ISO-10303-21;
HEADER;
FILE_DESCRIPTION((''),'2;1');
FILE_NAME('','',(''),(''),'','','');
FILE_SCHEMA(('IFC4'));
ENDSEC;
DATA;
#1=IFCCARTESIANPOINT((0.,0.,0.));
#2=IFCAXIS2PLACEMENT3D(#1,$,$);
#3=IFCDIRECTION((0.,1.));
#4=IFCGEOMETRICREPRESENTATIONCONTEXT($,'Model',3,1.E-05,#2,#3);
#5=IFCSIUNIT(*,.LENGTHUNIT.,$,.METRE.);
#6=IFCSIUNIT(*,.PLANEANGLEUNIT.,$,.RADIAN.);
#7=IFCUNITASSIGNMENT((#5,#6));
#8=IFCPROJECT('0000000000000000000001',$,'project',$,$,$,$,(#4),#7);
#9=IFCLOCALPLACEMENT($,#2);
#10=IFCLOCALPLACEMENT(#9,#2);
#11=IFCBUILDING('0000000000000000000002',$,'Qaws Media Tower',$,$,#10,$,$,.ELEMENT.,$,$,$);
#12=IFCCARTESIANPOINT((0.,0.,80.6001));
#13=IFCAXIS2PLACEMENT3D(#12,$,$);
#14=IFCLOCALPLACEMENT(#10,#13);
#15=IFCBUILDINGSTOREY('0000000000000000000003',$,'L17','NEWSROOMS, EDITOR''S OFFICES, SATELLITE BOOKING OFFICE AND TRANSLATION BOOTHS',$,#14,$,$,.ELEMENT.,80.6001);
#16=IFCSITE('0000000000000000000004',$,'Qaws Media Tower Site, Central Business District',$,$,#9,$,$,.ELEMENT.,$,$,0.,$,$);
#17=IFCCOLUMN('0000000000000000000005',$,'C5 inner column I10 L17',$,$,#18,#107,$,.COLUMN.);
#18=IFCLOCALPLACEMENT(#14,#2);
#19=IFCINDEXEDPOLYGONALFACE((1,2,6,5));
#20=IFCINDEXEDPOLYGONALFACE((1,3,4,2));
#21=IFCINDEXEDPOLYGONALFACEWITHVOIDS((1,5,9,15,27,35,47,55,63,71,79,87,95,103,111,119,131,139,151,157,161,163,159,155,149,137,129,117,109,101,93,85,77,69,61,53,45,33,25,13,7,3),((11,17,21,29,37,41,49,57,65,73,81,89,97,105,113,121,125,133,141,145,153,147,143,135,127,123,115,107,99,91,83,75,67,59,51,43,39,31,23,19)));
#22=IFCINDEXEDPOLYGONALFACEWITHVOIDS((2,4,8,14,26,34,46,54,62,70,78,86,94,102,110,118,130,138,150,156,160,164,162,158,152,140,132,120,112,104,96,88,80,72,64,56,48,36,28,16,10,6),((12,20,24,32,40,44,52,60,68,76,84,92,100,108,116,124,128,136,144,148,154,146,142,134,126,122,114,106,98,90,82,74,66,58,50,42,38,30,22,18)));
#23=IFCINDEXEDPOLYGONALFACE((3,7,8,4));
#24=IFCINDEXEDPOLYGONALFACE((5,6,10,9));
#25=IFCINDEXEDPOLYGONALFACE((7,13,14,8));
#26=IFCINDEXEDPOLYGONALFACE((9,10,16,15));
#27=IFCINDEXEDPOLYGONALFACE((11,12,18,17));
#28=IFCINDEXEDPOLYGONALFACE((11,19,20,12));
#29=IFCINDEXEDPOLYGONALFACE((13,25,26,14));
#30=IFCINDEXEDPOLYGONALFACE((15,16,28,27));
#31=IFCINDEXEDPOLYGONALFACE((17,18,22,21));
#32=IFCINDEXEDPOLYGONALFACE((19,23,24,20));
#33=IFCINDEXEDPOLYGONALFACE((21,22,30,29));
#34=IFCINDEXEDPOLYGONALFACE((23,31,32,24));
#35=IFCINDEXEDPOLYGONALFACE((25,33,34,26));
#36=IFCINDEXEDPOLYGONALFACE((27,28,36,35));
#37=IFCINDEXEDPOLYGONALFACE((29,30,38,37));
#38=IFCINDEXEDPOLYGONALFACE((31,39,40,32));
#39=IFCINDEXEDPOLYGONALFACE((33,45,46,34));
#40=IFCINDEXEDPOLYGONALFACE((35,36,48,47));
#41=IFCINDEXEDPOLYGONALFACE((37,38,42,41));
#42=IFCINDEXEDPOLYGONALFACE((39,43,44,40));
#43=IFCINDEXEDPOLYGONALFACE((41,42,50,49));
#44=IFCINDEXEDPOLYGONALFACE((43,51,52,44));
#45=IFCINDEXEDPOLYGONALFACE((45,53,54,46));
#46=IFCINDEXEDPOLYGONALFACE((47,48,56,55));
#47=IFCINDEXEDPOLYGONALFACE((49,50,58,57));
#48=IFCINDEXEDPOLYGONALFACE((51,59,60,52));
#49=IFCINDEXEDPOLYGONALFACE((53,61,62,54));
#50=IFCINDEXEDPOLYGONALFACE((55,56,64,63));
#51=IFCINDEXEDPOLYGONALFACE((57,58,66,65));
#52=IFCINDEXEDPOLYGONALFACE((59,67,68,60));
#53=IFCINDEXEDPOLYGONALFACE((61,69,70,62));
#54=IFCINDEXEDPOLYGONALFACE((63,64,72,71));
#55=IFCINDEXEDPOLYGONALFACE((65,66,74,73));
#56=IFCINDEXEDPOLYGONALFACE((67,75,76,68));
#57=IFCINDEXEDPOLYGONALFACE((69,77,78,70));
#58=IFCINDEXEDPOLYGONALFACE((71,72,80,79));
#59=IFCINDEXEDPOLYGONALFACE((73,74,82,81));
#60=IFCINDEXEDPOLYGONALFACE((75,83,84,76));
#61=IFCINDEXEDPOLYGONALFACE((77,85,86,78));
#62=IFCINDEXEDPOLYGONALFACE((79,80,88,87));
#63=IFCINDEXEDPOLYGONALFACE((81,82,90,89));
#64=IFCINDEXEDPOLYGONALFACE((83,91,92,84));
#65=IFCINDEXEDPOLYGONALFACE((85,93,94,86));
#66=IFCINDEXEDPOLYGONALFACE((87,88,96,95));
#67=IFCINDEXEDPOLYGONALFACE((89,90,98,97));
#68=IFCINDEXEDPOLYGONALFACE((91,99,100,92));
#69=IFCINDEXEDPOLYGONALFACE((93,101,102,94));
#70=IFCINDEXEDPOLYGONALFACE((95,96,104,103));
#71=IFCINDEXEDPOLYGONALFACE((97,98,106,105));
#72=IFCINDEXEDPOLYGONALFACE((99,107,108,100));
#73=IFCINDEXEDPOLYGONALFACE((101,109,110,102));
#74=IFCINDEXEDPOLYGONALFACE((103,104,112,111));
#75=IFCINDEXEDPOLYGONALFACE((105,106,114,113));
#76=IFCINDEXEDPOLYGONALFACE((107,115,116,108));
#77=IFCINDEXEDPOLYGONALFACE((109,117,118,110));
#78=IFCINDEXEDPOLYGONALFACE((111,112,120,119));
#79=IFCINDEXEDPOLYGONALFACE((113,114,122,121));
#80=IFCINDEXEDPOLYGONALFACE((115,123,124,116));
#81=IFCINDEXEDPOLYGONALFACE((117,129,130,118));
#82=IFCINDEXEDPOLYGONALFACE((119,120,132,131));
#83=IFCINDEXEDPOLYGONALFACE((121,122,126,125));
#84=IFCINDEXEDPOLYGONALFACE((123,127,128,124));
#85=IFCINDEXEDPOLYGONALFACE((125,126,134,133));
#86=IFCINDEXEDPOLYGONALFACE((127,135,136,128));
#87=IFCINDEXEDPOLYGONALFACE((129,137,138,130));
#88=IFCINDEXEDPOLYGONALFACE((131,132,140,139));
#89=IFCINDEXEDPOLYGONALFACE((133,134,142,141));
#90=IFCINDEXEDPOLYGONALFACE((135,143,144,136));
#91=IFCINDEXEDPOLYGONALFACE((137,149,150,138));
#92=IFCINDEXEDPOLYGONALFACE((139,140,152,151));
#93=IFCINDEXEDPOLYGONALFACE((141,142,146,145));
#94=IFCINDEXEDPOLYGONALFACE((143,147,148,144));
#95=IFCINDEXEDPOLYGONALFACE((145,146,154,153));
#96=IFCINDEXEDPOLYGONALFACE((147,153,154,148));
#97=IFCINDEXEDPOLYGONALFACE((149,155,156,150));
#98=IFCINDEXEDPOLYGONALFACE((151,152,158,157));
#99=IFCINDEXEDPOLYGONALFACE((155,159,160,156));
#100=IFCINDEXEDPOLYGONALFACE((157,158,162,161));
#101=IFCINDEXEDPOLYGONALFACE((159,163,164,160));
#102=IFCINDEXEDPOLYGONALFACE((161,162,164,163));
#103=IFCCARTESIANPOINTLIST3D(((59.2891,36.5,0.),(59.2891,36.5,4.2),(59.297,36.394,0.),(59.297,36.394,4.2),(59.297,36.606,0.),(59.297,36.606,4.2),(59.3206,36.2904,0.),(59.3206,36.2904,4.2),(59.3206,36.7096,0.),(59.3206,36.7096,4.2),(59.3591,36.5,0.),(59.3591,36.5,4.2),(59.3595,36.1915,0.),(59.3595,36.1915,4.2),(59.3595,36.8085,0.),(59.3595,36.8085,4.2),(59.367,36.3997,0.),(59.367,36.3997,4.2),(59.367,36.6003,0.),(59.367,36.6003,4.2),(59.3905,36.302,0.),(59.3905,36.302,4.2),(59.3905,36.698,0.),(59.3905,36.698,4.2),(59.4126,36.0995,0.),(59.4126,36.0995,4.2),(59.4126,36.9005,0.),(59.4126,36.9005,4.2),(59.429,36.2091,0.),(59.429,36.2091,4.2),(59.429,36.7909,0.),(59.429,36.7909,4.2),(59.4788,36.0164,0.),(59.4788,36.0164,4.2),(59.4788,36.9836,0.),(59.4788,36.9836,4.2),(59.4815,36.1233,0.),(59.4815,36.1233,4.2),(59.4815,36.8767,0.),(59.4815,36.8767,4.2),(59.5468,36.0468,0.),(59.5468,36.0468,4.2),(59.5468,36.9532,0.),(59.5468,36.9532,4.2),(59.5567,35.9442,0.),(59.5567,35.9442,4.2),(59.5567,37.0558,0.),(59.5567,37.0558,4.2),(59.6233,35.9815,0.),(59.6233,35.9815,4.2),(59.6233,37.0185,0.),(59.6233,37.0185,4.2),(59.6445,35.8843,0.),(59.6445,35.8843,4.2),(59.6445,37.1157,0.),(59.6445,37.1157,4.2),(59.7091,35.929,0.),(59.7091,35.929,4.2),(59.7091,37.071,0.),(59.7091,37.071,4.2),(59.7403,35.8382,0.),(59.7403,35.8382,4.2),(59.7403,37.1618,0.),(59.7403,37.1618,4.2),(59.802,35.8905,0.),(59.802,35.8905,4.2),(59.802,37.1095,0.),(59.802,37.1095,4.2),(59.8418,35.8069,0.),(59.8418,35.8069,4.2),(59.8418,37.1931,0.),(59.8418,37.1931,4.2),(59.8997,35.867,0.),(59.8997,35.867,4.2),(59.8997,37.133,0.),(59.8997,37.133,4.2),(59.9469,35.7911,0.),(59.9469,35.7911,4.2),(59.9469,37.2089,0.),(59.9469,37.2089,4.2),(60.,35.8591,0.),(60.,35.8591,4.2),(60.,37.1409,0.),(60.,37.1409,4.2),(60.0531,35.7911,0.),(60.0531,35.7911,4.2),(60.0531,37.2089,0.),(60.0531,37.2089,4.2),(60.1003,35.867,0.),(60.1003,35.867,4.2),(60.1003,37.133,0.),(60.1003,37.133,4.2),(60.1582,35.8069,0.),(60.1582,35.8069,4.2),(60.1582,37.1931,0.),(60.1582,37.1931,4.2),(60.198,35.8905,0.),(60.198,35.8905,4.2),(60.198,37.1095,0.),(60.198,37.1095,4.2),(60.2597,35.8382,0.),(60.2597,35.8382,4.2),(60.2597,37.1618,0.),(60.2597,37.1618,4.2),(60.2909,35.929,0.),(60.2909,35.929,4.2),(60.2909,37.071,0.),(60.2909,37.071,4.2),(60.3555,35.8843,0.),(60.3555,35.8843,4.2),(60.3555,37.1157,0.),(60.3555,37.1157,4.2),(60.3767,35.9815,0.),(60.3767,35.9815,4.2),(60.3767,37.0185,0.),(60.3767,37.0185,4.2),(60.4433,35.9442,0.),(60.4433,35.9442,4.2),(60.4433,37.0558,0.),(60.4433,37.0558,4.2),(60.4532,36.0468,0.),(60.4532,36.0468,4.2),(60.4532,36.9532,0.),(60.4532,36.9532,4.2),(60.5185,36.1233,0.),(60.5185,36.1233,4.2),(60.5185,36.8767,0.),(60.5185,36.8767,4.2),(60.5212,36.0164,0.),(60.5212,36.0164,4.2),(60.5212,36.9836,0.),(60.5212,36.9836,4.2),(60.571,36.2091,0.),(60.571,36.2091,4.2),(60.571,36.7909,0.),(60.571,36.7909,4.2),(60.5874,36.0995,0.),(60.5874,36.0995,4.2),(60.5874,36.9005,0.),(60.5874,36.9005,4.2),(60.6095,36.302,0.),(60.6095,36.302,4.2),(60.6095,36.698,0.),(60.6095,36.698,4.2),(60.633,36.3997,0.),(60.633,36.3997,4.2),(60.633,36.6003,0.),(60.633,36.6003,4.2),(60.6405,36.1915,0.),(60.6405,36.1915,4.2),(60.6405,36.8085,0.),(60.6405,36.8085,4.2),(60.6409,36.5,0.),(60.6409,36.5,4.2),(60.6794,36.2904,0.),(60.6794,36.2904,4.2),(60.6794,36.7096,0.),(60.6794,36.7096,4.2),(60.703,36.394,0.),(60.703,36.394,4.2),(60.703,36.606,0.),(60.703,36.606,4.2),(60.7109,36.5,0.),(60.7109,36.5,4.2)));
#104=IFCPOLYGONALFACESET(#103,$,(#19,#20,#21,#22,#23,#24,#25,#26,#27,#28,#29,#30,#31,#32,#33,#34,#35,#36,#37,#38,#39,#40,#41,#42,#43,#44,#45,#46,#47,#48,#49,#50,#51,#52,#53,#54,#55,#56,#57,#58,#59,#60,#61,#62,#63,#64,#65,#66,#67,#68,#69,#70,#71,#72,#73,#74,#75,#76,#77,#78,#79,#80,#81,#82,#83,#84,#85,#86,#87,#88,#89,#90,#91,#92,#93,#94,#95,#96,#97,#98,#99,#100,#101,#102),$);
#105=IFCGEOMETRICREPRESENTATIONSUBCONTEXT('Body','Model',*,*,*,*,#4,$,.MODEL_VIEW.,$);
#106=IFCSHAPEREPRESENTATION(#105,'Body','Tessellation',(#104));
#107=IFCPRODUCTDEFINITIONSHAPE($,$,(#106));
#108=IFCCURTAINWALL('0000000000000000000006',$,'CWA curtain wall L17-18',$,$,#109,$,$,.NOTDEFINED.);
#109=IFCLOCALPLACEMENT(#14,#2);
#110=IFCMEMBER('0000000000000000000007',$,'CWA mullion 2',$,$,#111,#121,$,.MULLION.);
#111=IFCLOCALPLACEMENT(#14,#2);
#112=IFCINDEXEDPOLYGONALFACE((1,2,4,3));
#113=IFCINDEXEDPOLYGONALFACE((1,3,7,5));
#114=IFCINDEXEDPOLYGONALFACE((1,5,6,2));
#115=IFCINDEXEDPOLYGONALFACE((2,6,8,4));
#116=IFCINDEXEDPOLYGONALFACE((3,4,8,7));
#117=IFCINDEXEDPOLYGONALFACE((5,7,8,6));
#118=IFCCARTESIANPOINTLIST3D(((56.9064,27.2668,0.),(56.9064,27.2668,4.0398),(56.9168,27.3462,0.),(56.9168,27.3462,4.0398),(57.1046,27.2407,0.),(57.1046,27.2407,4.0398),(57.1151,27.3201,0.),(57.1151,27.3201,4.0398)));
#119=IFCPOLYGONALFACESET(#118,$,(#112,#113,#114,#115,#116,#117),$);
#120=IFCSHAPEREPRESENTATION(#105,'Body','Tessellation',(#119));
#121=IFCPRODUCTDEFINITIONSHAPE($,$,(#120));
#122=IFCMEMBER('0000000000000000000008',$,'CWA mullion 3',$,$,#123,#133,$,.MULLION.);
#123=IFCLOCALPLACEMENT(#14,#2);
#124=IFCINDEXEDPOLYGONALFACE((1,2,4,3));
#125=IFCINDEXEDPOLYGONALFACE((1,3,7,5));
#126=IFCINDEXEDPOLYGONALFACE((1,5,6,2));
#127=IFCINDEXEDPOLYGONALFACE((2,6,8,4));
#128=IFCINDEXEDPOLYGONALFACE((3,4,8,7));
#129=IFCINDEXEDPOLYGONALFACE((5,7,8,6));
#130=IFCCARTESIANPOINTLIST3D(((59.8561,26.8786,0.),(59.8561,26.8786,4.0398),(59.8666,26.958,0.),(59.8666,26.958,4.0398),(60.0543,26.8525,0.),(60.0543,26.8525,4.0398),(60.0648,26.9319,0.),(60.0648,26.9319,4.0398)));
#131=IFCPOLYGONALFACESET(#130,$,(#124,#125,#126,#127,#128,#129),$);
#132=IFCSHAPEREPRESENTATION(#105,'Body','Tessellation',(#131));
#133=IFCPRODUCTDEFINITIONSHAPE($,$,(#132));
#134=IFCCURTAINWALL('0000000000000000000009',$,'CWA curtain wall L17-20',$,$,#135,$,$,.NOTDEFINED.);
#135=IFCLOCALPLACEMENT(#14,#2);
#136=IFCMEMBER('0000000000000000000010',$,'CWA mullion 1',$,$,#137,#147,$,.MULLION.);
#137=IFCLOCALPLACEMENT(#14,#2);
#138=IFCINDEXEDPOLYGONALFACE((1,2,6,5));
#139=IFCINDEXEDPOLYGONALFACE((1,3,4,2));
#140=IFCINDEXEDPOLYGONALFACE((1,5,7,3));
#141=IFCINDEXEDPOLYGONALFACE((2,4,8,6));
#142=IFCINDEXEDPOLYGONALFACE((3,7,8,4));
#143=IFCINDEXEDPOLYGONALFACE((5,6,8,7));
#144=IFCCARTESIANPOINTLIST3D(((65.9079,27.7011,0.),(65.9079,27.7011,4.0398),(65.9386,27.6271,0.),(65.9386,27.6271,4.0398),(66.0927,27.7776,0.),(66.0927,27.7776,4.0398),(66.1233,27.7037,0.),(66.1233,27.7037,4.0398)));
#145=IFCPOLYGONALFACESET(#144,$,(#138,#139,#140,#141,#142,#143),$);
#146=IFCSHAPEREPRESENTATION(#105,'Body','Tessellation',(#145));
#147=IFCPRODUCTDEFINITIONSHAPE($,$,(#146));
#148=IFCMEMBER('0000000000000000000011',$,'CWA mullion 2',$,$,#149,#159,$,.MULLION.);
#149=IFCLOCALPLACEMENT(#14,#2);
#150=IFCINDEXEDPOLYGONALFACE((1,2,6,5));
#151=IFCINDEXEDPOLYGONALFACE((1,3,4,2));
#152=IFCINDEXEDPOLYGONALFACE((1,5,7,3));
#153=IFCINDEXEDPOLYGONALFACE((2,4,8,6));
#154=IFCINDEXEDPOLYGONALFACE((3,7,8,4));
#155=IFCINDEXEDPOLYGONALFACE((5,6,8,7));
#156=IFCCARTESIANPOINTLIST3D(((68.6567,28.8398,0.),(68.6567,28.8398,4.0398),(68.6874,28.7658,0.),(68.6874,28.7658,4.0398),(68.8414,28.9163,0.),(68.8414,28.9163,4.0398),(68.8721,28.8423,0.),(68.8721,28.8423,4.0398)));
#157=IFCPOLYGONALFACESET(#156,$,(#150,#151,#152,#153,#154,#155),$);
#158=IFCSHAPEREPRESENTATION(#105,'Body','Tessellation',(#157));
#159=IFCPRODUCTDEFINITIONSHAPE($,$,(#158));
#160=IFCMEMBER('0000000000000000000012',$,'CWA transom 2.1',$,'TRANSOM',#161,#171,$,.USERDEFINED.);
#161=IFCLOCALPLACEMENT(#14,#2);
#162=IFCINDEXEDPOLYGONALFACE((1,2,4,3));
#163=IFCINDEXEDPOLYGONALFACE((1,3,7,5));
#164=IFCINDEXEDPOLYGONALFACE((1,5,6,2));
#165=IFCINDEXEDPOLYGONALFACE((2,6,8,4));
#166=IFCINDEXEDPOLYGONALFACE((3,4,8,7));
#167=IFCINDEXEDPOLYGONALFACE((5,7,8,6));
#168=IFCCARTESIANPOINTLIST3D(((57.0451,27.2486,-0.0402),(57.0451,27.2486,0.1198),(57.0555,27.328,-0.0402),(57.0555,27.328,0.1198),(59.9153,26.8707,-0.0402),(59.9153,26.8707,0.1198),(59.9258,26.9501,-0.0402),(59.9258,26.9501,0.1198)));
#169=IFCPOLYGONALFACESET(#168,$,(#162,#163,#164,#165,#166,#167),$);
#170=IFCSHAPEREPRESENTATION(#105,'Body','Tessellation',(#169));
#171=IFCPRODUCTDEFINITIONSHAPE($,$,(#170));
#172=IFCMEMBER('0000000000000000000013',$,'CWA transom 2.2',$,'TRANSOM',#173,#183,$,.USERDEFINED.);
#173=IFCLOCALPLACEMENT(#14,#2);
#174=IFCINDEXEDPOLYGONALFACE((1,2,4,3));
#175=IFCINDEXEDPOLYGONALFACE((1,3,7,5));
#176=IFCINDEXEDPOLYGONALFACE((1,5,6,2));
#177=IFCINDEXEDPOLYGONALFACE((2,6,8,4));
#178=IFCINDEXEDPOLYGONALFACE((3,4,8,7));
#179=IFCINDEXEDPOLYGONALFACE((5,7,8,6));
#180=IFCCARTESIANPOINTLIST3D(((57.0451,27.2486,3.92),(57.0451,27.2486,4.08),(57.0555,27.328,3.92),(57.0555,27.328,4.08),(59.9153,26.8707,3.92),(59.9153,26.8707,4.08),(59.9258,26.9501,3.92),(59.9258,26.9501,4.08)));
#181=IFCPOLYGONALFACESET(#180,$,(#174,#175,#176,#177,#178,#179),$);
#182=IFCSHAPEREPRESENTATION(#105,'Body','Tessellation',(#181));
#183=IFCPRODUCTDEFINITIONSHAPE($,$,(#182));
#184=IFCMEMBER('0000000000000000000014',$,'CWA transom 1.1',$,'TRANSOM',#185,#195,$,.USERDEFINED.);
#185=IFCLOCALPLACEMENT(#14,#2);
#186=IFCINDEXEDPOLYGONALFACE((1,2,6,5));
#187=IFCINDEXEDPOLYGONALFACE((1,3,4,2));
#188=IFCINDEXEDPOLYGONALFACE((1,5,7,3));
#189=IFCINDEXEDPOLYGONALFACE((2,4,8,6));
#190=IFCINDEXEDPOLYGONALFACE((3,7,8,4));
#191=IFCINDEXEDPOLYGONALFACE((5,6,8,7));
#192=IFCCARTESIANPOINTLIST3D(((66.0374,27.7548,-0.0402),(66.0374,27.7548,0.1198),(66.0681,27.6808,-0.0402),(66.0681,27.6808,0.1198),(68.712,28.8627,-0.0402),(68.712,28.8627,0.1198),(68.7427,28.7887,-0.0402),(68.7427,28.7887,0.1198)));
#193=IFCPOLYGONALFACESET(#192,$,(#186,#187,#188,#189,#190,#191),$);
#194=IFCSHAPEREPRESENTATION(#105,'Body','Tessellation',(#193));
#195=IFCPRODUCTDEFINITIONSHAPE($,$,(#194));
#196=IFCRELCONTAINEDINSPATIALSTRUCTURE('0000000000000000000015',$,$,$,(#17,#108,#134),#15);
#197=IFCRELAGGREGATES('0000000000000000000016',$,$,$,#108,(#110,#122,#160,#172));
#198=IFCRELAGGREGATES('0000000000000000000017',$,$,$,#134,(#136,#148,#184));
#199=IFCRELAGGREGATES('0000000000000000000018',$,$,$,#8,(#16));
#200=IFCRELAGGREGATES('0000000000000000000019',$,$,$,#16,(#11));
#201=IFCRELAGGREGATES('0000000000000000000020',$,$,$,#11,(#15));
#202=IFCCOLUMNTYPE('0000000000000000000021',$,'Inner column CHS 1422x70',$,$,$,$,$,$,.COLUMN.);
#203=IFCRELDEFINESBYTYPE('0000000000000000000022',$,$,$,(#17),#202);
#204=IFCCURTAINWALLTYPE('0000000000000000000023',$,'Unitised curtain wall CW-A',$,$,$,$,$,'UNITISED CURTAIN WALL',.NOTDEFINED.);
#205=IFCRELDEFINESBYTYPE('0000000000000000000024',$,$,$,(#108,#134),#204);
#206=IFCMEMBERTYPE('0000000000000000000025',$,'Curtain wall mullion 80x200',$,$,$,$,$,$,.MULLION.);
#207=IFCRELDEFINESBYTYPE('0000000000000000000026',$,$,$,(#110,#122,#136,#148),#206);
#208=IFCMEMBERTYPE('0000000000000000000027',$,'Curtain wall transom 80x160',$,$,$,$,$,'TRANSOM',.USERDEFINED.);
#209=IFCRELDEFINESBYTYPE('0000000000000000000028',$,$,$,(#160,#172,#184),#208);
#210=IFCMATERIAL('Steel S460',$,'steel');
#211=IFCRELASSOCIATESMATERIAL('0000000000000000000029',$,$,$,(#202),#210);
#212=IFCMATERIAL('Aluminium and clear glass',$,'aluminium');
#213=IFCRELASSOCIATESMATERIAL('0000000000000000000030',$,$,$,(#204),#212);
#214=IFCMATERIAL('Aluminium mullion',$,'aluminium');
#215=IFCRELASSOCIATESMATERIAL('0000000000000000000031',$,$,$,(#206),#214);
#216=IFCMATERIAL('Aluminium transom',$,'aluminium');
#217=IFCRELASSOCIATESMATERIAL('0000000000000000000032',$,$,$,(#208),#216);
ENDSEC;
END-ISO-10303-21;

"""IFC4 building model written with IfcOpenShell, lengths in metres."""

from ifc_helpers import new_model, si_unit, direction, frame, origin, origin_2d, place, context, subcontext, project, spatial, rectangle, hollow_circle, extrude, material, material_profile, profile_set, type_object, element, aggregate, save


model = new_model("IFC4")

# Units and contexts
model_context = context("Model", 3, precision=1e-05, world=origin(), true_north=direction((0.0, 1.0)))
body_context = subcontext(model_context, "Body", "Model", "MODEL_VIEW")
ifc_project = project(units=[si_unit("LENGTHUNIT", "METRE"), si_unit("PLANEANGLEUNIT", "RADIAN")], contexts=[model_context])

# Site, building, storey
site_placement = place(None, origin())
site = spatial("IfcSite", under=ifc_project, at=site_placement, Name="Qaws Media Tower Site, Central Business District", CompositionType="ELEMENT", RefElevation=0.0)
building_placement = place(site_placement, origin())
building = spatial("IfcBuilding", under=site, at=building_placement, Name="Qaws Media Tower", CompositionType="ELEMENT")
storey_placement = place(building_placement, frame((0.0, 0.0, 80.6001)))
storey = spatial("IfcBuildingStorey", under=building, at=storey_placement, Name="L17", Description="NEWSROOMS, EDITOR'S OFFICES, SATELLITE BOOKING OFFICE AND TRANSLATION BOOTHS", CompositionType="ELEMENT", Elevation=80.6001)

# Column
ifc_material_1 = material(Name="Steel S460", Category="steel")
ifc_material_profile_1 = material_profile(ifc_material_1, hollow_circle(Radius=0.7109, WallThickness=0.0701, at=origin_2d()), Name="CHS 1422x70")
ifc_profile_set_1 = profile_set([ifc_material_profile_1], Name="Steel S460")
column_type = type_object("IfcColumnType", Name="Inner column CHS 1422x70", PredefinedType="COLUMN", material=ifc_profile_set_1)
column_placement = place(storey_placement, frame((60.0, 36.5, 0.0), z_axis=(0.0, 0.0, 1.0), x_axis=(1.0, 0.0, 0.0)))
element("IfcColumn", 1, at=column_placement, inside=storey, type_object=column_type, Name="C5 inner column I10 L17", PredefinedType="COLUMN", context=body_context, shape_type="SweptSolid", body=[
    extrude(hollow_circle(Radius=0.7109, WallThickness=0.0701, at=origin_2d()), origin(), (0.0, 0.0, 1.0), 4.2),
])

# Curtain walls, members
ifc_material_2 = material(Name="Aluminium and clear glass", Category="aluminium")
curtain_wall_type = type_object("IfcCurtainWallType", Name="Unitised curtain wall CW-A", ElementType="UNITISED CURTAIN WALL", PredefinedType="NOTDEFINED", material=ifc_material_2)
curtain_wall_1_placement = place(storey_placement, origin())
curtain_wall_1 = element("IfcCurtainWall", 2, at=curtain_wall_1_placement, inside=storey, type_object=curtain_wall_type, Name="CWA curtain wall L17-18", PredefinedType="NOTDEFINED")
ifc_material_3 = material(Name="Aluminium mullion", Category="aluminium")
ifc_material_profile_2 = material_profile(ifc_material_3, rectangle(XDim=0.0801, YDim=0.2, at=origin_2d()), Name="80x200")
ifc_profile_set_2 = profile_set([ifc_material_profile_2], Name="Aluminium mullion")
member_type_1 = type_object("IfcMemberType", Name="Curtain wall mullion 80x200", PredefinedType="MULLION", material=ifc_profile_set_2)
member_1_placement = place(storey_placement, frame((57.0107, 27.2935, 0.0), z_axis=(0.0, 0.0, 1.0), x_axis=(0.130526, 0.991445, 0.0)))
member_1 = element("IfcMember", 3, at=member_1_placement, type_object=member_type_1, Name="CWA mullion 2", PredefinedType="MULLION", context=body_context, shape_type="SweptSolid", body=[
    extrude(rectangle(XDim=0.0801, YDim=0.2, at=origin_2d()), origin(), (0.0, 0.0, 1.0), 4.0398),
])
member_2_placement = place(storey_placement, frame((59.9604, 26.9053, 0.0), z_axis=(0.0, 0.0, 1.0), x_axis=(0.130526, 0.991445, 0.0)))
member_2 = element("IfcMember", 4, at=member_2_placement, type_object=member_type_1, Name="CWA mullion 3", PredefinedType="MULLION", context=body_context, shape_type="SweptSolid", body=[
    extrude(rectangle(XDim=0.0801, YDim=0.2, at=origin_2d()), origin(), (0.0, 0.0, 1.0), 4.0398),
])
curtain_wall_2_placement = place(storey_placement, origin())
curtain_wall_2 = element("IfcCurtainWall", 5, at=curtain_wall_2_placement, inside=storey, type_object=curtain_wall_type, Name="CWA curtain wall L17-20", PredefinedType="NOTDEFINED")
member_3_placement = place(storey_placement, frame((66.0156, 27.7024, 0.0), z_axis=(0.0, 0.0, 1.0), x_axis=(-0.382683, 0.92388, 0.0)))
member_3 = element("IfcMember", 6, at=member_3_placement, type_object=member_type_1, Name="CWA mullion 1", PredefinedType="MULLION", context=body_context, shape_type="SweptSolid", body=[
    extrude(rectangle(XDim=0.0801, YDim=0.2, at=origin_2d()), origin(), (0.0, 0.0, 1.0), 4.0398),
])
member_4_placement = place(storey_placement, frame((68.7644, 28.8411, 0.0), z_axis=(0.0, 0.0, 1.0), x_axis=(-0.382683, 0.92388, 0.0)))
member_4 = element("IfcMember", 7, at=member_4_placement, type_object=member_type_1, Name="CWA mullion 2", PredefinedType="MULLION", context=body_context, shape_type="SweptSolid", body=[
    extrude(rectangle(XDim=0.0801, YDim=0.2, at=origin_2d()), origin(), (0.0, 0.0, 1.0), 4.0398),
])

# Members
ifc_material_4 = material(Name="Aluminium transom", Category="aluminium")
ifc_material_profile_3 = material_profile(ifc_material_4, rectangle(XDim=0.0801, YDim=0.1599, at=origin_2d()), Name="80x160")
ifc_profile_set_3 = profile_set([ifc_material_profile_3], Name="Aluminium transom")
member_type_2 = type_object("IfcMemberType", Name="Curtain wall transom 80x160", ElementType="TRANSOM", PredefinedType="USERDEFINED", material=ifc_profile_set_3)
member_5_placement = place(storey_placement, frame((57.0503, 27.2883, 0.0398), z_axis=(0.991443, -0.13054, 0.0), x_axis=(0.13054, 0.991443, 0.0)))
member_5 = element("IfcMember", 8, at=member_5_placement, type_object=member_type_2, Name="CWA transom 2.1", ObjectType="TRANSOM", PredefinedType="USERDEFINED", context=body_context, shape_type="SweptSolid", body=[
    extrude(rectangle(XDim=0.0801, YDim=0.1599, at=origin_2d()), origin(), (0.0, 0.0, 1.0), 2.895),
])
member_6_placement = place(storey_placement, frame((57.0503, 27.2883, 4.0), z_axis=(0.991443, -0.13054, 0.0), x_axis=(0.13054, 0.991443, 0.0)))
member_6 = element("IfcMember", 9, at=member_6_placement, type_object=member_type_2, Name="CWA transom 2.2", ObjectType="TRANSOM", PredefinedType="USERDEFINED", context=body_context, shape_type="SweptSolid", body=[
    extrude(rectangle(XDim=0.0801, YDim=0.1599, at=origin_2d()), origin(), (0.0, 0.0, 1.0), 2.895),
])
member_7_placement = place(storey_placement, frame((66.0527, 27.7178, 0.0398), z_axis=(0.923871, 0.382704, 0.0), x_axis=(-0.382704, 0.923871, 0.0)))
member_7 = element("IfcMember", 10, at=member_7_placement, type_object=member_type_2, Name="CWA transom 1.1", ObjectType="TRANSOM", PredefinedType="USERDEFINED", context=body_context, shape_type="SweptSolid", body=[
    extrude(rectangle(XDim=0.0801, YDim=0.1599, at=origin_2d()), origin(), (0.0, 0.0, 1.0), 2.895),
])

aggregate(curtain_wall_1, [member_1, member_2, member_5, member_6])
aggregate(curtain_wall_2, [member_3, member_4, member_7])

save(model, "model.ifc")
